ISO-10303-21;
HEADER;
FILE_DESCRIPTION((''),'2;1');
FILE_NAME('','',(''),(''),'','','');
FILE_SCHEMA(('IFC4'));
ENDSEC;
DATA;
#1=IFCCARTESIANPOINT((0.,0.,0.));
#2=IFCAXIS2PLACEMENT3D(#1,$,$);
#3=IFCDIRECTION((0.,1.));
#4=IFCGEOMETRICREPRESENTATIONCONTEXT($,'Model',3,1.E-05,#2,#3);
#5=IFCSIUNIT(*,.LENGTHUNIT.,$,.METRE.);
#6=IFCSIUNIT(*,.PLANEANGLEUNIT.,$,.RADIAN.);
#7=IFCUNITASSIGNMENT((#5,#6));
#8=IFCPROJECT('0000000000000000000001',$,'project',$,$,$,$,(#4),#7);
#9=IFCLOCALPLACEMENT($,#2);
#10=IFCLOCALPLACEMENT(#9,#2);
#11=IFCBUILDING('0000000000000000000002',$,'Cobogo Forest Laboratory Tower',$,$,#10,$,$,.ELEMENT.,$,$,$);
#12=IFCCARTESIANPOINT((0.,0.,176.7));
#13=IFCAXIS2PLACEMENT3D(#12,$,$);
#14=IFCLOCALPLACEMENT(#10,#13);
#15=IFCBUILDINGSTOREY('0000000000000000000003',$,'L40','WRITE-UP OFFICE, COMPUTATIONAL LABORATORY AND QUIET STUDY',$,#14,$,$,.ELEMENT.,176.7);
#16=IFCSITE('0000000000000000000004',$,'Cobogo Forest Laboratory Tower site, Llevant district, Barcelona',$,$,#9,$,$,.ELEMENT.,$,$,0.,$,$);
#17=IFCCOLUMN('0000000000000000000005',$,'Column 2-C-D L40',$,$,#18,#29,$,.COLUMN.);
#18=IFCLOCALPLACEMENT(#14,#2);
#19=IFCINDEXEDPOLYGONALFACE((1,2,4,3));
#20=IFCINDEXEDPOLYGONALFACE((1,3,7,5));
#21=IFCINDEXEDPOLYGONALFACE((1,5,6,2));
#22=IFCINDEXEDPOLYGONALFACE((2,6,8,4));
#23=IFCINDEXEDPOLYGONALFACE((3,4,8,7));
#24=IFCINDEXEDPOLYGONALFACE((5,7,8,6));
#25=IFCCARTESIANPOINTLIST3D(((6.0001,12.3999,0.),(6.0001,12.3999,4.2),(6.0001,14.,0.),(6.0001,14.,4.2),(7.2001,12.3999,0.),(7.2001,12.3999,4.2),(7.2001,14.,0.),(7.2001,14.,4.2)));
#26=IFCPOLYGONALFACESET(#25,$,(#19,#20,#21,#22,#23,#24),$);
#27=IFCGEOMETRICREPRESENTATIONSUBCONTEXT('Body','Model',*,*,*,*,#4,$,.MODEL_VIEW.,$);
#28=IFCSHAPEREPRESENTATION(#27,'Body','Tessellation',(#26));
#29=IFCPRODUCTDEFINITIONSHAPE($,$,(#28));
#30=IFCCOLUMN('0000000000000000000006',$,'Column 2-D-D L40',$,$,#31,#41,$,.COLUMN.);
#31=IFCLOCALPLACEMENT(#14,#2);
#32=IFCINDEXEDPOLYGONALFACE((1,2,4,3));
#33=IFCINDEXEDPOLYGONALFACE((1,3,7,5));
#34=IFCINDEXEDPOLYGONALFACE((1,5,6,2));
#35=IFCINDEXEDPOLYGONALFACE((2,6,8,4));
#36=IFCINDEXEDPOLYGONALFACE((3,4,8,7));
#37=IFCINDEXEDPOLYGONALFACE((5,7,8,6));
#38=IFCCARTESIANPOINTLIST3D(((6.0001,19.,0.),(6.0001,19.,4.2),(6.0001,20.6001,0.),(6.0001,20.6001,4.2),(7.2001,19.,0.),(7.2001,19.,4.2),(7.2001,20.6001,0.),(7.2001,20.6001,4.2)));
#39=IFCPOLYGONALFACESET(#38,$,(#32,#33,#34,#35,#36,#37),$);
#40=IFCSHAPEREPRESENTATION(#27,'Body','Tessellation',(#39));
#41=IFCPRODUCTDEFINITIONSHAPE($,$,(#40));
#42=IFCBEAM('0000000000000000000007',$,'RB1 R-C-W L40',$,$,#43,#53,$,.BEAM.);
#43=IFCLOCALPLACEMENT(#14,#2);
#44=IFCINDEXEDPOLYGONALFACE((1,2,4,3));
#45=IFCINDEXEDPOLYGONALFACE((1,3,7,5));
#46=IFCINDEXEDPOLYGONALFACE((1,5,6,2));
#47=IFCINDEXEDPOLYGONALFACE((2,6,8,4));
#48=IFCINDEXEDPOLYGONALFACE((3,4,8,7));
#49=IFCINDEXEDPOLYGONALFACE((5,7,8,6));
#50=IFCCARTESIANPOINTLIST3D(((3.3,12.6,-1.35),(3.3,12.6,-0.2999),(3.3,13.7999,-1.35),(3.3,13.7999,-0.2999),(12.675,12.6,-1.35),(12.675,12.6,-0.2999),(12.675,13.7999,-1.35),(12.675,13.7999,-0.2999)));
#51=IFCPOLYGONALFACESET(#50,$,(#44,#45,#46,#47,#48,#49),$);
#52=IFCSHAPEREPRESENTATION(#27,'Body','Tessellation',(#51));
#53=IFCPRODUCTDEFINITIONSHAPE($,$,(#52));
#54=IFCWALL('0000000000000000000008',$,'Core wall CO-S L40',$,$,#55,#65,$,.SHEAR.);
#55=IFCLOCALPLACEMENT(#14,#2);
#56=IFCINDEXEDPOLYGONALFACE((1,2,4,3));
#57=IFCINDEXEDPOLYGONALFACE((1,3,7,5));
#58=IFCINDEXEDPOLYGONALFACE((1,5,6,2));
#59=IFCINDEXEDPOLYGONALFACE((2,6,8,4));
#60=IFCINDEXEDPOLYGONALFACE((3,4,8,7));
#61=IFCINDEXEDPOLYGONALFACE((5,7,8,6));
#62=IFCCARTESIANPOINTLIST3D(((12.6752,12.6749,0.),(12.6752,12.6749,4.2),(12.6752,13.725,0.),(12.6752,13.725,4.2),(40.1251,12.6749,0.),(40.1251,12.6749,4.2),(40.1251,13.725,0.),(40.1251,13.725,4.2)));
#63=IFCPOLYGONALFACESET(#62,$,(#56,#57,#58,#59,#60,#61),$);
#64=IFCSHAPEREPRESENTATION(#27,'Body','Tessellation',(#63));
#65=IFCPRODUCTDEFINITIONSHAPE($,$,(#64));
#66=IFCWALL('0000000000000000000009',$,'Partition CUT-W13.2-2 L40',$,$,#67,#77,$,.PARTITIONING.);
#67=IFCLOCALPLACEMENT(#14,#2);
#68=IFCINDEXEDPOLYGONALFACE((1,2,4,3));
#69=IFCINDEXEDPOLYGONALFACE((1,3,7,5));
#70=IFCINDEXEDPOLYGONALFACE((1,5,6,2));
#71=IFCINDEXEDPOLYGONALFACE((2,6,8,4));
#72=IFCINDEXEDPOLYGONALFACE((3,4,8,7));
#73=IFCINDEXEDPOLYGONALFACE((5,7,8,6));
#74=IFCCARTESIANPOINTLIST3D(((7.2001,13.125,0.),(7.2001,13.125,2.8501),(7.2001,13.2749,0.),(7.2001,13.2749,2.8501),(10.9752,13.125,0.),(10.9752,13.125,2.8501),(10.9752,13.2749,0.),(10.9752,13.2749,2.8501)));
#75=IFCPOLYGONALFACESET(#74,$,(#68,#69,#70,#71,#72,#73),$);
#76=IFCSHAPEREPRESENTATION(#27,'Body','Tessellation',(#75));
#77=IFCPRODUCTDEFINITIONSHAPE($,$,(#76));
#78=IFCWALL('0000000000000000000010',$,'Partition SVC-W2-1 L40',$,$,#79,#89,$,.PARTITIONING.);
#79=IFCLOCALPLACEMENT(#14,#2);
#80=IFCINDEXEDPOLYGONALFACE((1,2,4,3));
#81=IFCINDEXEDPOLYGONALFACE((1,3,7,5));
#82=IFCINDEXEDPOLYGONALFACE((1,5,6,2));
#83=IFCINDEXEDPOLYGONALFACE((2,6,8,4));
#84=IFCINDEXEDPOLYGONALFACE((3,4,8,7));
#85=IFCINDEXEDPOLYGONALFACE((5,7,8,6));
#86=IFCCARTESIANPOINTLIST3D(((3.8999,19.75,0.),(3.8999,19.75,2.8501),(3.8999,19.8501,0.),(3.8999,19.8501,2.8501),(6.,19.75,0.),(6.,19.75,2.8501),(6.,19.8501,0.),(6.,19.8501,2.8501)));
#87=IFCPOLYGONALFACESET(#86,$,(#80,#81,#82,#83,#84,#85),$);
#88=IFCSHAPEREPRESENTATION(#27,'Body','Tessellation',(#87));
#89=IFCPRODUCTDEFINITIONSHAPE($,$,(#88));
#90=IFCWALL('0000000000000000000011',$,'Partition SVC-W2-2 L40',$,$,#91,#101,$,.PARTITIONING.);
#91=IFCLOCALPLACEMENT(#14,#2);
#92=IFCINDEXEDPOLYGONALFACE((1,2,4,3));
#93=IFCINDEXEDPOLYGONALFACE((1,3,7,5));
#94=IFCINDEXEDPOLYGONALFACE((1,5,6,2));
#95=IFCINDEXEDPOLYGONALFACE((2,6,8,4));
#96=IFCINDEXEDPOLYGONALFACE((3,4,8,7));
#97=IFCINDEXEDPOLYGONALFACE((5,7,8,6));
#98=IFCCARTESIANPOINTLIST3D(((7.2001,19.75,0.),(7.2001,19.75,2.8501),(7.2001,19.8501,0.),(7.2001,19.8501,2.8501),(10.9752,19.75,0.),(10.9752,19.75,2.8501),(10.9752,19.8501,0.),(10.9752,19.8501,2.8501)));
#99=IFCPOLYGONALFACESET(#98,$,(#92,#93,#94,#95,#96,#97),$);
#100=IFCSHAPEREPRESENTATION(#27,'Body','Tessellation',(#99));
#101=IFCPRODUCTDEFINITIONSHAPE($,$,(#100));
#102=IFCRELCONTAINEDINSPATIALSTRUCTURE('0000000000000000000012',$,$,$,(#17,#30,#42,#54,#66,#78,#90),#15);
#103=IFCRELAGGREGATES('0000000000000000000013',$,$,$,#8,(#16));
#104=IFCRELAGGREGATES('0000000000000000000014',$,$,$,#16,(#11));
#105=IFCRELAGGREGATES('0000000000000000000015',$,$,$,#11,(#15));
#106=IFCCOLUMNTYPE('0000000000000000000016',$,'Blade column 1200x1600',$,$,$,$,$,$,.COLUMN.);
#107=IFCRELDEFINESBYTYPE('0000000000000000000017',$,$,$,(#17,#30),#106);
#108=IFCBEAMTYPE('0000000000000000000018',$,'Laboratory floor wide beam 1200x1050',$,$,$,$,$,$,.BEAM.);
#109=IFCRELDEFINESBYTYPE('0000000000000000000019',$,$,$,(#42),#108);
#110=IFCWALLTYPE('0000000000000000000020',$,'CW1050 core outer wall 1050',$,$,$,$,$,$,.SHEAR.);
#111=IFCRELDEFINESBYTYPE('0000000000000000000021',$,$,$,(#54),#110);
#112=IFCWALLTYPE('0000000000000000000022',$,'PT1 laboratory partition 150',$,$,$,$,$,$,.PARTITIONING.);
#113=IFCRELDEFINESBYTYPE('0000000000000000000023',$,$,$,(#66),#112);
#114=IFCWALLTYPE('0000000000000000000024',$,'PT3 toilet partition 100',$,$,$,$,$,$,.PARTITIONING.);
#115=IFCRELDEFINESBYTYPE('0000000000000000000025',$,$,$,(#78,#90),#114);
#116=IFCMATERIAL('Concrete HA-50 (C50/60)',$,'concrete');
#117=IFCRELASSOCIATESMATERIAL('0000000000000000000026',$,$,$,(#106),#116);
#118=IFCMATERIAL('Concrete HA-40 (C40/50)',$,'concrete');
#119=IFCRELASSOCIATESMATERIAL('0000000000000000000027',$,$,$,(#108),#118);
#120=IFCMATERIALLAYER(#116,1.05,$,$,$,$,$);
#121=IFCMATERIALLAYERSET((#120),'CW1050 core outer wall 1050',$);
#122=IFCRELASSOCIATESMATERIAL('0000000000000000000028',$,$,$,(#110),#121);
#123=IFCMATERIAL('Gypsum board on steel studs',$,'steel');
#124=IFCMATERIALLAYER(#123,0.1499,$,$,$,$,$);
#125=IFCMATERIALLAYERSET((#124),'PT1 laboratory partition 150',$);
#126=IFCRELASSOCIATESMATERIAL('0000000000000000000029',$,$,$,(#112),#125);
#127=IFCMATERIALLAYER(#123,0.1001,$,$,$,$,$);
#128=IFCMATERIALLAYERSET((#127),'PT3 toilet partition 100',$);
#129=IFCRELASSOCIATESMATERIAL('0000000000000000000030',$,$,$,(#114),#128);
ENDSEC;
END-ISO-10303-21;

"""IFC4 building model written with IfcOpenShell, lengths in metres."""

from ifc_helpers import new_model, si_unit, direction, frame, frame_2d, origin, origin_2d, place, context, subcontext, project, spatial, rectangle, extrude, material, layer, layer_set, material_profile, profile_set, type_object, element, save


model = new_model("IFC4")

# Units and contexts
model_context = context("Model", 3, precision=1e-05, world=origin(), true_north=direction((0.0, 1.0)))
body_context = subcontext(model_context, "Body", "Model", "MODEL_VIEW")
ifc_project = project(units=[si_unit("LENGTHUNIT", "METRE"), si_unit("PLANEANGLEUNIT", "RADIAN")], contexts=[model_context])

# Site, building, storey
site_placement = place(None, origin())
site = spatial("IfcSite", under=ifc_project, at=site_placement, Name="Cobogo Forest Laboratory Tower site, Llevant district, Barcelona", CompositionType="ELEMENT", RefElevation=0.0)
building_placement = place(site_placement, origin())
building = spatial("IfcBuilding", under=site, at=building_placement, Name="Cobogo Forest Laboratory Tower", CompositionType="ELEMENT")
storey_placement = place(building_placement, frame((0.0, 0.0, 176.7)))
storey = spatial("IfcBuildingStorey", under=building, at=storey_placement, Name="L40", Description="WRITE-UP OFFICE, COMPUTATIONAL LABORATORY AND QUIET STUDY", CompositionType="ELEMENT", Elevation=176.7)

# Columns
ifc_material_1 = material(Name="Concrete HA-50 (C50/60)", Category="concrete")
ifc_material_profile_1 = material_profile(ifc_material_1, rectangle(XDim=1.6001, YDim=1.2, at=origin_2d()), Name="RC 1200x1600")
ifc_profile_set_1 = profile_set([ifc_material_profile_1], Name="Concrete HA-50 (C50/60)")
column_type = type_object("IfcColumnType", Name="Blade column 1200x1600", PredefinedType="COLUMN", material=ifc_profile_set_1)
for number, where, z_axis, x_axis, name in (
    (1, (6.6001, 13.2, 0.0), (0.0, 0.0, 1.0), (0.0, 1.0, 0.0), "Column 2-C-D L40"),
    (2, (6.6001, 19.8, 0.0), (0.0, 0.0, 1.0), (0.0, 1.0, 0.0), "Column 2-D-D L40"),
):
    element("IfcColumn", number, at=place(storey_placement, frame(where, z_axis=z_axis, x_axis=x_axis)), inside=storey, type_object=column_type, Name=name, PredefinedType="COLUMN", context=body_context, shape_type="SweptSolid", body=[
        extrude(rectangle(XDim=1.6001, YDim=1.2, at=origin_2d()), origin(), (0.0, 0.0, 1.0), 4.2),
    ])

# Beam
ifc_material_2 = material(Name="Concrete HA-40 (C40/50)", Category="concrete")
ifc_material_profile_2 = material_profile(ifc_material_2, rectangle(XDim=1.2, YDim=1.05, at=origin_2d()), Name="RC 1200x1050")
ifc_profile_set_2 = profile_set([ifc_material_profile_2], Name="Concrete HA-40 (C40/50)")
beam_type = type_object("IfcBeamType", Name="Laboratory floor wide beam 1200x1050", PredefinedType="BEAM", material=ifc_profile_set_2)
beam_placement = place(storey_placement, frame((12.675, 13.2, -0.825), z_axis=(-1.0, 0.0, 0.0), x_axis=(0.0, -1.0, 0.0)))
element("IfcBeam", 3, at=beam_placement, inside=storey, type_object=beam_type, Name="RB1 R-C-W L40", PredefinedType="BEAM", context=body_context, shape_type="SweptSolid", body=[
    extrude(rectangle(XDim=1.2, YDim=1.05, at=origin_2d()), origin(), (0.0, 0.0, 1.0), 9.375),
])

# Walls
ifc_layer_1 = layer(ifc_material_1, 1.05)
ifc_layer_set_1 = layer_set([ifc_layer_1], Name="CW1050 core outer wall 1050")
wall_type_1 = type_object("IfcWallType", Name="CW1050 core outer wall 1050", PredefinedType="SHEAR", material=ifc_layer_set_1)
wall_1_placement = place(storey_placement, frame((12.675, 13.2, 0.0), z_axis=(0.0, 0.0, 1.0), x_axis=(1.0, 0.0, 0.0)))
element("IfcWall", 4, at=wall_1_placement, inside=storey, type_object=wall_type_1, Name="Core wall CO-S L40", PredefinedType="SHEAR", context=body_context, shape_type="SweptSolid", body=[
    extrude(rectangle(XDim=27.45, YDim=1.05, at=frame_2d((13.7251, 0.0))), origin(), (0.0, 0.0, 1.0), 4.2),
])
ifc_material_3 = material(Name="Gypsum board on steel studs", Category="steel")
ifc_layer_2 = layer(ifc_material_3, 0.1499)
ifc_layer_set_2 = layer_set([ifc_layer_2], Name="PT1 laboratory partition 150")
wall_type_2 = type_object("IfcWallType", Name="PT1 laboratory partition 150", PredefinedType="PARTITIONING", material=ifc_layer_set_2)
wall_2_placement = place(storey_placement, frame((7.2, 13.2, 0.0), z_axis=(0.0, 0.0, 1.0), x_axis=(1.0, 0.0, 0.0)))
element("IfcWall", 5, at=wall_2_placement, inside=storey, type_object=wall_type_2, Name="Partition CUT-W13.2-2 L40", PredefinedType="PARTITIONING", context=body_context, shape_type="SweptSolid", body=[
    extrude(rectangle(XDim=3.7751, YDim=0.1499, at=frame_2d((1.8877, 0.0))), origin(), (0.0, 0.0, 1.0), 2.8501),
])
ifc_layer_3 = layer(ifc_material_3, 0.1001)
ifc_layer_set_3 = layer_set([ifc_layer_3], Name="PT3 toilet partition 100")
wall_type_3 = type_object("IfcWallType", Name="PT3 toilet partition 100", PredefinedType="PARTITIONING", material=ifc_layer_set_3)
wall_3_placement = place(storey_placement, frame((3.8999, 19.8, 0.0), z_axis=(0.0, 0.0, 1.0), x_axis=(1.0, 0.0, 0.0)))
element("IfcWall", 6, at=wall_3_placement, inside=storey, type_object=wall_type_3, Name="Partition SVC-W2-1 L40", PredefinedType="PARTITIONING", context=body_context, shape_type="SweptSolid", body=[
    extrude(rectangle(XDim=2.1001, YDim=0.1001, at=frame_2d((1.05, 0.0))), origin(), (0.0, 0.0, 1.0), 2.8501),
])
wall_4_placement = place(storey_placement, frame((7.2, 19.8, 0.0), z_axis=(0.0, 0.0, 1.0), x_axis=(1.0, 0.0, 0.0)))
element("IfcWall", 7, at=wall_4_placement, inside=storey, type_object=wall_type_3, Name="Partition SVC-W2-2 L40", PredefinedType="PARTITIONING", context=body_context, shape_type="SweptSolid", body=[
    extrude(rectangle(XDim=3.7751, YDim=0.1001, at=frame_2d((1.8877, 0.0))), origin(), (0.0, 0.0, 1.0), 2.8501),
])

save(model, "model.ifc")
